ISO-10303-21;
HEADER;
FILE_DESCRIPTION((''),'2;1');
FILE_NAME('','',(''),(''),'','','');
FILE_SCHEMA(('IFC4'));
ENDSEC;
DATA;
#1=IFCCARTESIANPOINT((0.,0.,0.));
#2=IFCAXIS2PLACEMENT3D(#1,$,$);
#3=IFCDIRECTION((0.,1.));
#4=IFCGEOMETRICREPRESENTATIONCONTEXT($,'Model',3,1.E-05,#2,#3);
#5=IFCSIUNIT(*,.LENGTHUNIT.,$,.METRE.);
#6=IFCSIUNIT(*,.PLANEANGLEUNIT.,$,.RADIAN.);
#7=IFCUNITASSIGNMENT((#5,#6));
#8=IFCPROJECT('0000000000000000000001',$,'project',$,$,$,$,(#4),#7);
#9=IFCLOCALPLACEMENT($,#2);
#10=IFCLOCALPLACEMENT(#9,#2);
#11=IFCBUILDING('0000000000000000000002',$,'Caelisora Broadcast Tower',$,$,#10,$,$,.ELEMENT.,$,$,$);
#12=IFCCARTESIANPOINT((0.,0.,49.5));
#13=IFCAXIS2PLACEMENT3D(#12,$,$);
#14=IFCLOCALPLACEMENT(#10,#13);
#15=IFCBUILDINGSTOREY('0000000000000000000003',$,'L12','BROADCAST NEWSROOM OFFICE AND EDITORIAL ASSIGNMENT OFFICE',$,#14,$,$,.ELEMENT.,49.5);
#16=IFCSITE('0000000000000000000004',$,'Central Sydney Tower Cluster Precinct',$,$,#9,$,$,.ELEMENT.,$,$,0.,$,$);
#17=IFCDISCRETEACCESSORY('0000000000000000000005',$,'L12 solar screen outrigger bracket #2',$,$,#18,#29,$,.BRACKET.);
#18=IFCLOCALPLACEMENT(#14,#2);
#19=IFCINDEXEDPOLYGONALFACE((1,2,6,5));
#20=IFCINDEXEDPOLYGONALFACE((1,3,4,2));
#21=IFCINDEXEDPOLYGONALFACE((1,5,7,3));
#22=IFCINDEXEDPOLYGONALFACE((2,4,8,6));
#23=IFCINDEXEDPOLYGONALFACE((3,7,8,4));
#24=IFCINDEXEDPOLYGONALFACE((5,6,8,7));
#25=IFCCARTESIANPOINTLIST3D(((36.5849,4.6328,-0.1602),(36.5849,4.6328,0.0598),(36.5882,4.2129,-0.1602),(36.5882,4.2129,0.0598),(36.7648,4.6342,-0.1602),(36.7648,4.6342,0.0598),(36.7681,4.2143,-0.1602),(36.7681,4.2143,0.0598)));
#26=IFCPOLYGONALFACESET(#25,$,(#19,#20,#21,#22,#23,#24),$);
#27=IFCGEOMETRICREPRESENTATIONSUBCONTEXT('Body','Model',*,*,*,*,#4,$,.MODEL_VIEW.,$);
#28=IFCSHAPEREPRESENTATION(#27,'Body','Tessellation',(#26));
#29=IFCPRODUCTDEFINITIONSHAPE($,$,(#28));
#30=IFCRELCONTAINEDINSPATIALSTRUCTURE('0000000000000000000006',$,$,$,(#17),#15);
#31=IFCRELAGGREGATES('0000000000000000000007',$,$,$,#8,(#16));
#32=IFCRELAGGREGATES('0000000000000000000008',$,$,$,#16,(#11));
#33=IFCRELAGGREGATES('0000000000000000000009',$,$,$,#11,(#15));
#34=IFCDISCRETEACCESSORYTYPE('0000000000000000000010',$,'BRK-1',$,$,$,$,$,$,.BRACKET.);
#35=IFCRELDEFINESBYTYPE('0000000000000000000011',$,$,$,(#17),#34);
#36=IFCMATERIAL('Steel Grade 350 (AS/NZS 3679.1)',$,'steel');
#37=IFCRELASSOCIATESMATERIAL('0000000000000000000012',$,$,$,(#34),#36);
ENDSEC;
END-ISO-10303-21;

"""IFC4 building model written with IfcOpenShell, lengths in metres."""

from ifc_helpers import new_model, si_unit, direction, frame, origin, origin_2d, place, context, subcontext, project, spatial, rectangle, extrude, source, transform, mapped, material, type_object, type_shapes, element, save


model = new_model("IFC4")

# Units and contexts
model_context = context("Model", 3, precision=1e-05, world=origin(), true_north=direction((0.0, 1.0)))
body_context = subcontext(model_context, "Body", "Model", "MODEL_VIEW")
ifc_project = project(units=[si_unit("LENGTHUNIT", "METRE"), si_unit("PLANEANGLEUNIT", "RADIAN")], contexts=[model_context])

# Site, building, storey
site_placement = place(None, origin())
site = spatial("IfcSite", under=ifc_project, at=site_placement, Name="Central Sydney Tower Cluster Precinct", CompositionType="ELEMENT", RefElevation=0.0)
building_placement = place(site_placement, origin())
building = spatial("IfcBuilding", under=site, at=building_placement, Name="Caelisora Broadcast Tower", CompositionType="ELEMENT")
storey_placement = place(building_placement, frame((0.0, 0.0, 49.5)))
storey = spatial("IfcBuildingStorey", under=building, at=storey_placement, Name="L12", Description="BROADCAST NEWSROOM OFFICE AND EDITORIAL ASSIGNMENT OFFICE", CompositionType="ELEMENT", Elevation=49.5)

# Shared definitions
ifc_material_1 = material(Name="Steel Grade 350 (AS/NZS 3679.1)", Category="steel")

# Discrete accessory
discrete_accessory_type = type_object("IfcDiscreteAccessoryType", Name="BRK-1", PredefinedType="BRACKET", material=ifc_material_1)
shared_shape_1 = source(origin(), body_context, "Body", "SweptSolid", [
    extrude(rectangle(XDim=0.1799, YDim=0.4199, at=origin_2d()), origin(), (0.0, 0.0, 1.0), 0.22),
])
type_shapes(discrete_accessory_type, [shared_shape_1])
discrete_accessory_placement = place(storey_placement, frame((36.6765, 4.4236, -0.1602), z_axis=(0.0, 0.0, 1.0), x_axis=(0.999969, 0.007854, 0.0)))
element("IfcDiscreteAccessory", 1, at=discrete_accessory_placement, inside=storey, type_object=discrete_accessory_type, Name="L12 solar screen outrigger bracket #2", PredefinedType="BRACKET", context=body_context, shape_type="MappedRepresentation", body=[
    mapped(shared_shape_1, transform((0.0, 0.0, 0.0), scale=1.0)),
])

save(model, "model.ifc")
